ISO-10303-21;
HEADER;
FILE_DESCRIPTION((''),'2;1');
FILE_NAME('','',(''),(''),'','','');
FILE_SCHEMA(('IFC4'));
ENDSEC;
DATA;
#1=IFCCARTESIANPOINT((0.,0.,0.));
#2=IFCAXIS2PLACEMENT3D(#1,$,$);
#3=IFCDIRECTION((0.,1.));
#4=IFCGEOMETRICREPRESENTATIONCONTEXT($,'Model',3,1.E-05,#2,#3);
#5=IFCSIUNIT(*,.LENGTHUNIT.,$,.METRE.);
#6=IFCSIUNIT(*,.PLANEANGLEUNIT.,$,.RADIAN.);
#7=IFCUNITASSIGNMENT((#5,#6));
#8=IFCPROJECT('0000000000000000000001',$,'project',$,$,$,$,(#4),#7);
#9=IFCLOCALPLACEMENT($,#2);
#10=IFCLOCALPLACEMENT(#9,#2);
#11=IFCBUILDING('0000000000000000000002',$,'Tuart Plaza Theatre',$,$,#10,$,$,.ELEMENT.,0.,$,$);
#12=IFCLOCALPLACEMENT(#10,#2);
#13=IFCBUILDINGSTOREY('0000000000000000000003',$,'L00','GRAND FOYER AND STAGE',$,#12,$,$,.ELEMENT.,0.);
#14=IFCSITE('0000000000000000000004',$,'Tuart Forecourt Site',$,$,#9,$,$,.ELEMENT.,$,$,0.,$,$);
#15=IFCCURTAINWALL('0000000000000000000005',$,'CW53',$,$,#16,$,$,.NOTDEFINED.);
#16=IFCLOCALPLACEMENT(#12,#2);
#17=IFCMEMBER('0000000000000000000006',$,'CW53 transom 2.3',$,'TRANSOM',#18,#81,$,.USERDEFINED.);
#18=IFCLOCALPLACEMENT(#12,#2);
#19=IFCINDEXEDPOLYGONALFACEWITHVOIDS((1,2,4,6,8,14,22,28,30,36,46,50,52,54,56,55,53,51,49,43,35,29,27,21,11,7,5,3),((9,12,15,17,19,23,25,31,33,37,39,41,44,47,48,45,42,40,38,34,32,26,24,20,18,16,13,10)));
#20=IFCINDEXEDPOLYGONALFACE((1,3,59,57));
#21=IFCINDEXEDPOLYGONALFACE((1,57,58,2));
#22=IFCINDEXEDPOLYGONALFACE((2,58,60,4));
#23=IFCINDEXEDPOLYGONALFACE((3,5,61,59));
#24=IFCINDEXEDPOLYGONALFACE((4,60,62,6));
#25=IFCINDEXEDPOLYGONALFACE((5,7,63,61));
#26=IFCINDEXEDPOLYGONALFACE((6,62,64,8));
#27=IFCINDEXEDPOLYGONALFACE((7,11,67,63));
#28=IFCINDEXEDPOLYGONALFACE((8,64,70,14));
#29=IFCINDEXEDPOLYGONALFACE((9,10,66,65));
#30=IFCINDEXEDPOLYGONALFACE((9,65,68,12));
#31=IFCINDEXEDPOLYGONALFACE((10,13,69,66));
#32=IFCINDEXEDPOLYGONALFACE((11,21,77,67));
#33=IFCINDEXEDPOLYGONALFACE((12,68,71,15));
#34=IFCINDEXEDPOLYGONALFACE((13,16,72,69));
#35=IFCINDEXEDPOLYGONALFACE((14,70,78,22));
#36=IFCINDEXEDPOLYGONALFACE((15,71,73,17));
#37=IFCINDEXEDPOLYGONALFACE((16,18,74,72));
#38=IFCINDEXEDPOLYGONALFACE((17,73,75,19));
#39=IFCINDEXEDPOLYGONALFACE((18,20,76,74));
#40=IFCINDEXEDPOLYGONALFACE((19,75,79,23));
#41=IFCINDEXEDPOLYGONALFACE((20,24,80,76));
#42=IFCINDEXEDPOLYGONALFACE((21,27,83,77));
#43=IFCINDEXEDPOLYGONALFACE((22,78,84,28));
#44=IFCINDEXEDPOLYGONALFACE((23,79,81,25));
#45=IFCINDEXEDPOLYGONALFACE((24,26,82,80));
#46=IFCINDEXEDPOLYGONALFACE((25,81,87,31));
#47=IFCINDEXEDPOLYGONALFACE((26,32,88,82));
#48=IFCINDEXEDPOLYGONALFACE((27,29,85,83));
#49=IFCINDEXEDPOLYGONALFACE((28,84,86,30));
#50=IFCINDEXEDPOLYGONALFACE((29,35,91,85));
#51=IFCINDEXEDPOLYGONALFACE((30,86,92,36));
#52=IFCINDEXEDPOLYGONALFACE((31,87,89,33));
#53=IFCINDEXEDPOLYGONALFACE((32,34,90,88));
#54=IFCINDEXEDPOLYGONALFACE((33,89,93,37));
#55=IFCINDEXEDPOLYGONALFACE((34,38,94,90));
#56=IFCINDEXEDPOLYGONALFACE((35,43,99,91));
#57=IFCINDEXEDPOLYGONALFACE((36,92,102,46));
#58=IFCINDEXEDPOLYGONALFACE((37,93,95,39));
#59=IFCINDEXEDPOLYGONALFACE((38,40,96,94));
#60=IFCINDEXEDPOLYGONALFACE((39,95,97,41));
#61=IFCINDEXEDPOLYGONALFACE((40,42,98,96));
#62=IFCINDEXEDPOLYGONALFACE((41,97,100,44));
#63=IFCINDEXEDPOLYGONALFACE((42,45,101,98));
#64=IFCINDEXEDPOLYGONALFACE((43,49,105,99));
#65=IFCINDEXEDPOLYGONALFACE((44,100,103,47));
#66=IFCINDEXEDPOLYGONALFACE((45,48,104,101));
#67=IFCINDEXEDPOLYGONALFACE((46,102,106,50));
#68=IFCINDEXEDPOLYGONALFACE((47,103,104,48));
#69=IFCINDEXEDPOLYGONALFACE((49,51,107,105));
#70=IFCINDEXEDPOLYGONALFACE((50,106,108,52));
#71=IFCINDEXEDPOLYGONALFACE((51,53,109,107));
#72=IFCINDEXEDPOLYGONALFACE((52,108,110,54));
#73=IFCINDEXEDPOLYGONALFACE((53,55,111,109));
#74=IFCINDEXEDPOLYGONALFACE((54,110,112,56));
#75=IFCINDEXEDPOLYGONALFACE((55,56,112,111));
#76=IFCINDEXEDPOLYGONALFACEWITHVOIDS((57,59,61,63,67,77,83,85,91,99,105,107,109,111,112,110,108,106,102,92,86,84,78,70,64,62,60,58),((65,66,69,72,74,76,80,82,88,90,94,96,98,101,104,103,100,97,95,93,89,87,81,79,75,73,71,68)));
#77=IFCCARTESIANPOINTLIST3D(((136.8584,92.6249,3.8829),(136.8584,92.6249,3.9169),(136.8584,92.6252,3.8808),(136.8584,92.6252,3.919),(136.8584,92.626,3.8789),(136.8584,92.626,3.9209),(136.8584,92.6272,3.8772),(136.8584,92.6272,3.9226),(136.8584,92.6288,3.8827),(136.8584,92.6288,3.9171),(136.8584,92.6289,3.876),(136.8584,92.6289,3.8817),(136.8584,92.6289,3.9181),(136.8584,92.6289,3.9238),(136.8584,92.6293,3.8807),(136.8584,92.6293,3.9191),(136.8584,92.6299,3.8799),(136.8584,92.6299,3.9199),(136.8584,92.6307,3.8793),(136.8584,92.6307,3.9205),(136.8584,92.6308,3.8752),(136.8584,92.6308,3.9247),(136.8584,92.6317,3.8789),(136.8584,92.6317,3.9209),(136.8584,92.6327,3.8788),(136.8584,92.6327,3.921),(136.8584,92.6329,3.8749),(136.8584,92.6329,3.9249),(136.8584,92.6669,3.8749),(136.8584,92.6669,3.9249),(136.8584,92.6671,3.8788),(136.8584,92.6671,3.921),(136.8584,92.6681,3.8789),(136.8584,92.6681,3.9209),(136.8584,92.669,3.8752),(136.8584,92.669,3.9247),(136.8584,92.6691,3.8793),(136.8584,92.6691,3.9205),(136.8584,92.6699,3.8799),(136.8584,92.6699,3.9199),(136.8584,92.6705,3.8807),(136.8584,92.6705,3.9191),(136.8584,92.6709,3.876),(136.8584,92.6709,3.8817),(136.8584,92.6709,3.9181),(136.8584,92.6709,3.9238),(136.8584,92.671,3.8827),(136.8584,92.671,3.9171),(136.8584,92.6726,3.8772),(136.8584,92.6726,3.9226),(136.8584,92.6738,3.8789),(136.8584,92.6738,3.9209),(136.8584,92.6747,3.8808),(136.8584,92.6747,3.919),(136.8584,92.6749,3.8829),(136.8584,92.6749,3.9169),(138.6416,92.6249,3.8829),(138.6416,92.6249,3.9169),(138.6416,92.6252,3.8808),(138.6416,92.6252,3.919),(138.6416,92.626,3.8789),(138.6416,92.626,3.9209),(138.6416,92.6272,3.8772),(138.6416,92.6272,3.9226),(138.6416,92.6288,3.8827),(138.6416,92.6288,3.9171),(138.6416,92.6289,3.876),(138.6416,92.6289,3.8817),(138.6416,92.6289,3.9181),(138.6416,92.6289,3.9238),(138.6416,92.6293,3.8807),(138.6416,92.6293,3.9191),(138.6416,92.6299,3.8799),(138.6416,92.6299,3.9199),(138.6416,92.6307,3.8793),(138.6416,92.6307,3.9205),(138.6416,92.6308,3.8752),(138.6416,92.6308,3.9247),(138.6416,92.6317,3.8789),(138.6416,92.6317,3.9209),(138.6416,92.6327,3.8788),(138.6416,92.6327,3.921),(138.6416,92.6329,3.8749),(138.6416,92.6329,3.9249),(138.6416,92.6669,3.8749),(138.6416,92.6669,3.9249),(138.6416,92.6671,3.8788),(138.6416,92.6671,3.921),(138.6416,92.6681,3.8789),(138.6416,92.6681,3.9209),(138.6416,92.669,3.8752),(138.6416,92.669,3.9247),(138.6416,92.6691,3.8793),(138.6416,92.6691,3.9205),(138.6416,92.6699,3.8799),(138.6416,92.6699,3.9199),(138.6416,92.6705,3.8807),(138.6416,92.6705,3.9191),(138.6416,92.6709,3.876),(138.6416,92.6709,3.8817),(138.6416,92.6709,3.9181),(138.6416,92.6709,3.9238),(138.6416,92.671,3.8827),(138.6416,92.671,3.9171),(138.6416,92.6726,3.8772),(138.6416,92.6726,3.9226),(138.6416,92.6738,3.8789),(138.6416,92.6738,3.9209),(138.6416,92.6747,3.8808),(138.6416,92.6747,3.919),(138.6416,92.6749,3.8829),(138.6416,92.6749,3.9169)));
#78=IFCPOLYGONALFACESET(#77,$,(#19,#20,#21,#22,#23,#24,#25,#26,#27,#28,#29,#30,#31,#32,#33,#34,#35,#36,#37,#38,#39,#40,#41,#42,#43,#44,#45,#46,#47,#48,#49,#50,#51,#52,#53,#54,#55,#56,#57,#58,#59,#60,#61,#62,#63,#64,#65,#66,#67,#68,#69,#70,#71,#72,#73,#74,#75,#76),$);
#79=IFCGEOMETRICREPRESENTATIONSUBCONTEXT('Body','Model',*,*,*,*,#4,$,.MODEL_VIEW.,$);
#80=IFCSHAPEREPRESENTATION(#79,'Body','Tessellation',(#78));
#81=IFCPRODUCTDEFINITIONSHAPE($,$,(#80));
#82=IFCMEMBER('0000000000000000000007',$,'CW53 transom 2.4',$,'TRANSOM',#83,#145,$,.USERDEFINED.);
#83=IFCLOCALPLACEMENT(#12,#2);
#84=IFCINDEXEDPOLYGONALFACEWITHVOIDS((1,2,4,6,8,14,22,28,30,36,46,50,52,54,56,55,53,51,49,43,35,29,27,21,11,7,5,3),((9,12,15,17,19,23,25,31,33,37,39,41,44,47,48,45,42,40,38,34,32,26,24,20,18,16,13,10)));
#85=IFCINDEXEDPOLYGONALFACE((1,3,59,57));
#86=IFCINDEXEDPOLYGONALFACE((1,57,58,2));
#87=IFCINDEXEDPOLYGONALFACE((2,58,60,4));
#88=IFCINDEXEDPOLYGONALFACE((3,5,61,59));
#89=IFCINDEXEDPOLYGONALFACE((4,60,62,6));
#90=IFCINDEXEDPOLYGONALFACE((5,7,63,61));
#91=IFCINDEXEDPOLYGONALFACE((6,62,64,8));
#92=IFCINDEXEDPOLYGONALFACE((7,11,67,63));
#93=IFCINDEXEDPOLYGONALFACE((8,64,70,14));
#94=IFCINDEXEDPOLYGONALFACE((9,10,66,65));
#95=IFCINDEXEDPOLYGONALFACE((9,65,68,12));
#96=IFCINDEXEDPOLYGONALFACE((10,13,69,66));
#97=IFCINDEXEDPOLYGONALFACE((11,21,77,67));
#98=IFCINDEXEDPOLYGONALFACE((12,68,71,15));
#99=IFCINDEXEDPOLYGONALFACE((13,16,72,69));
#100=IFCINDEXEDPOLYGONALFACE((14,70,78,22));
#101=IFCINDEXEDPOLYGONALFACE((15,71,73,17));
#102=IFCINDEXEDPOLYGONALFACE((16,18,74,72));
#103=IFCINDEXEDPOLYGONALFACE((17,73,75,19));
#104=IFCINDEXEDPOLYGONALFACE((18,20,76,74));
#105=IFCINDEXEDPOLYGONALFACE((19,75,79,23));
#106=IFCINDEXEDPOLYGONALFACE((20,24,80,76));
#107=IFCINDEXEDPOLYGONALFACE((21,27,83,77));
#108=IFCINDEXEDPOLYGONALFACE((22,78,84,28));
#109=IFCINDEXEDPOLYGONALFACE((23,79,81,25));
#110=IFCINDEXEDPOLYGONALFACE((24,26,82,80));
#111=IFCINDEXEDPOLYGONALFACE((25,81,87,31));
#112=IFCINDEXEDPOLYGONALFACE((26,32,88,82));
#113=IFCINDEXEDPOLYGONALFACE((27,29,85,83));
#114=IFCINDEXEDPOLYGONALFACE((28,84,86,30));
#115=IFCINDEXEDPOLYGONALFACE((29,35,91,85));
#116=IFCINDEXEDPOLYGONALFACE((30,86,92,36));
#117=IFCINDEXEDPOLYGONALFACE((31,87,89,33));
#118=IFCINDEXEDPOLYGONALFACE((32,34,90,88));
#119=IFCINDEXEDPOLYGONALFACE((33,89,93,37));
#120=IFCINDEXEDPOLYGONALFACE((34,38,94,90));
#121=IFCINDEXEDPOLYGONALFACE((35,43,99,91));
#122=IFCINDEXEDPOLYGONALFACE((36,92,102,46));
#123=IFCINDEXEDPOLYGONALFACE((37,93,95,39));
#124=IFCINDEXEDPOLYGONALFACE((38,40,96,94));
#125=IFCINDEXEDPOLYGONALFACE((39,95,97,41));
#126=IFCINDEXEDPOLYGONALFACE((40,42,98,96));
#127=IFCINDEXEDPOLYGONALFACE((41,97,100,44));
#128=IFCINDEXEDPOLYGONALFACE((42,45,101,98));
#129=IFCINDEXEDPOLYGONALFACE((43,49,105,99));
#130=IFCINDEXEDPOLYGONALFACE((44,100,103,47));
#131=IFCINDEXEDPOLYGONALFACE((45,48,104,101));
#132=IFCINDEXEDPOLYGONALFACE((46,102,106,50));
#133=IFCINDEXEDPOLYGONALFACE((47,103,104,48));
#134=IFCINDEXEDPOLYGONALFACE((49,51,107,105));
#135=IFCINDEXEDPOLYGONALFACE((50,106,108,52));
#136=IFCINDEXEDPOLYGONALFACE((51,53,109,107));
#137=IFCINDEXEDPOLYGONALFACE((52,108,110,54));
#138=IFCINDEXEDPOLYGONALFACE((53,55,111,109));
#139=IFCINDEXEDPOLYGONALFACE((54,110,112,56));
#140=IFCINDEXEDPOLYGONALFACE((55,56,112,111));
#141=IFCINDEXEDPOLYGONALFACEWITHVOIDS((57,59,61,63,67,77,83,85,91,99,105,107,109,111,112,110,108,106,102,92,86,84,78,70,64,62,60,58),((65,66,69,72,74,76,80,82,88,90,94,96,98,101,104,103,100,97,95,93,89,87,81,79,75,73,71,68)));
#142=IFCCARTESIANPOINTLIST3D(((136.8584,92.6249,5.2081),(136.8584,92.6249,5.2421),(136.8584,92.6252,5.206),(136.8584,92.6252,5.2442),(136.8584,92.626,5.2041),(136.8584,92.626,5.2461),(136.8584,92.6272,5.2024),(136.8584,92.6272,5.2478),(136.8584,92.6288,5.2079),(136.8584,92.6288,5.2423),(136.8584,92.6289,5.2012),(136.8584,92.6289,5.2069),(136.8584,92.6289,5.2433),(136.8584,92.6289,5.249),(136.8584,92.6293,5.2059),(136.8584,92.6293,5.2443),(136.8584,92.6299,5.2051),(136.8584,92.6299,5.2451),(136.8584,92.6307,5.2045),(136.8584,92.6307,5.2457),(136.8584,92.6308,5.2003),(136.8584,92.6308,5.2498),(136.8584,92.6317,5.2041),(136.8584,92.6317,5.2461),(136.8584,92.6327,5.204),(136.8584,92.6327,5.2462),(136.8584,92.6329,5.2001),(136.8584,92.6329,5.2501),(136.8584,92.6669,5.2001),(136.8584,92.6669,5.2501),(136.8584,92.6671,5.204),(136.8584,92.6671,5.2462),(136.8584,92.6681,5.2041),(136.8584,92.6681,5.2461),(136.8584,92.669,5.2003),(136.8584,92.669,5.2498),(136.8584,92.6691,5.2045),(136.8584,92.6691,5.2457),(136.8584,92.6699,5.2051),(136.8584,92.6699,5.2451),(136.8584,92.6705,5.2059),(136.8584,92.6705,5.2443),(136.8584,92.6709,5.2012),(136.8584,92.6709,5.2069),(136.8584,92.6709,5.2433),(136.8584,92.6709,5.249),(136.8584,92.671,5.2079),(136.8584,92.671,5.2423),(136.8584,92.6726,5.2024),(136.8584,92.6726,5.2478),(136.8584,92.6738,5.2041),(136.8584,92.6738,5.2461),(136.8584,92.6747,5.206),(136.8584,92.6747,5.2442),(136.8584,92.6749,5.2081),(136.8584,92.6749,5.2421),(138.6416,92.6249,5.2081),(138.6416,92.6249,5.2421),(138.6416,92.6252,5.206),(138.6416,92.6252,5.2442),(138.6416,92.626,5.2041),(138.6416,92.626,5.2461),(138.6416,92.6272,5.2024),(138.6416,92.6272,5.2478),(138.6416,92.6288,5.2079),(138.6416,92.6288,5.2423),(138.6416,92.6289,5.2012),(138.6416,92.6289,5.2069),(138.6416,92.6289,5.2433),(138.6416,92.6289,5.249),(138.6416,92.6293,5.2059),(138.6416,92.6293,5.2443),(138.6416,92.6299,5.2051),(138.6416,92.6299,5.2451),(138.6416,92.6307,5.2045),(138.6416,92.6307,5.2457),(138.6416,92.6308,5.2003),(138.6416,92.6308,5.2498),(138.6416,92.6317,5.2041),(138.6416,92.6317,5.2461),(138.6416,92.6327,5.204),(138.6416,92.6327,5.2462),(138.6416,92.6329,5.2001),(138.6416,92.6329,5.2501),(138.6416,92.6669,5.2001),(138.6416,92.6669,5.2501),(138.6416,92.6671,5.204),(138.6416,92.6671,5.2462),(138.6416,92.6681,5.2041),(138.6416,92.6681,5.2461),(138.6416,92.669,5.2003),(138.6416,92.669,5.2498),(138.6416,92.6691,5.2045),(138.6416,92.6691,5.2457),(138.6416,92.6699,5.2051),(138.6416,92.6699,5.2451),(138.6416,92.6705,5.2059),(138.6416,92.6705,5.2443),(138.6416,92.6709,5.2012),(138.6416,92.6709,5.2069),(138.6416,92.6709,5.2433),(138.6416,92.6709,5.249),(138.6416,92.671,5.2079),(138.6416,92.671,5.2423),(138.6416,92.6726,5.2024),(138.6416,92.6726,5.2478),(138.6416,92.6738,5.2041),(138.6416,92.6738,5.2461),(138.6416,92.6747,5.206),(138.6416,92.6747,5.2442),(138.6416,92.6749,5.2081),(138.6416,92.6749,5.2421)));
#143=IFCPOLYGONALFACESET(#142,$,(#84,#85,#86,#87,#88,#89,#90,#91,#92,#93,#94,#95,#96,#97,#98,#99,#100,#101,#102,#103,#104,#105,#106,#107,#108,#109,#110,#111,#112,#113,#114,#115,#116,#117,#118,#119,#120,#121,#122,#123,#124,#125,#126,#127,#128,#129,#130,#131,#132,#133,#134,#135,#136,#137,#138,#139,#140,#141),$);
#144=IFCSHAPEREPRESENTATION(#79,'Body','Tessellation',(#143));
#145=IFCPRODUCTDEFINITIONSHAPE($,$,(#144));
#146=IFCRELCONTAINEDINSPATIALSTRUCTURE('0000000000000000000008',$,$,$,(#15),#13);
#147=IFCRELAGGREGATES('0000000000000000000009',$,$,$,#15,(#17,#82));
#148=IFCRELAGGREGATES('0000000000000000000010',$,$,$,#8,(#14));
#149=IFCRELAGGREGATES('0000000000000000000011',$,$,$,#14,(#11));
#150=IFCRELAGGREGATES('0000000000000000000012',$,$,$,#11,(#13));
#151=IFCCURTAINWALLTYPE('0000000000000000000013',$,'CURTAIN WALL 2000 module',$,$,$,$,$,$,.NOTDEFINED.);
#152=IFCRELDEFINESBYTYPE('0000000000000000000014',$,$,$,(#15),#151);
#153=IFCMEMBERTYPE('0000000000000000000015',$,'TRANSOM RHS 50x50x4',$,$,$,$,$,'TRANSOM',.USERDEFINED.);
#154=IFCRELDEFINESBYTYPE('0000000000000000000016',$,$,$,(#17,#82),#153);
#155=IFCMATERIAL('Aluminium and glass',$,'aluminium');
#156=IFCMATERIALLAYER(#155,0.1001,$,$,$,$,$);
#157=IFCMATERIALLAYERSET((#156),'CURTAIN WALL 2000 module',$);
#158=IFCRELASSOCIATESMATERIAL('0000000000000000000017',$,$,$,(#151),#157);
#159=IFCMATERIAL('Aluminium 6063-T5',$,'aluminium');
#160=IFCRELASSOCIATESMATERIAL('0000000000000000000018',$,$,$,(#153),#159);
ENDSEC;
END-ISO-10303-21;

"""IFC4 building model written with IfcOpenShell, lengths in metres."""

from ifc_helpers import new_model, si_unit, direction, frame, origin, origin_2d, place, context, subcontext, project, spatial, hollow_rectangle, extrude, material, layer, layer_set, material_profile, profile_set, type_object, element, aggregate, save


model = new_model("IFC4")

# Units and contexts
model_context = context("Model", 3, precision=1e-05, world=origin(), true_north=direction((0.0, 1.0)))
body_context = subcontext(model_context, "Body", "Model", "MODEL_VIEW")
ifc_project = project(units=[si_unit("LENGTHUNIT", "METRE"), si_unit("PLANEANGLEUNIT", "RADIAN")], contexts=[model_context])

# Site, building, storey
site_placement = place(None, origin())
site = spatial("IfcSite", under=ifc_project, at=site_placement, Name="Tuart Forecourt Site", CompositionType="ELEMENT", RefElevation=0.0)
building_placement = place(site_placement, origin())
building = spatial("IfcBuilding", under=site, at=building_placement, Name="Tuart Plaza Theatre", CompositionType="ELEMENT", ElevationOfRefHeight=0.0)
storey_placement = place(building_placement, origin())
storey = spatial("IfcBuildingStorey", under=building, at=storey_placement, Name="L00", Description="GRAND FOYER AND STAGE", CompositionType="ELEMENT", Elevation=0.0)

# Curtain wall, members
ifc_material_1 = material(Name="Aluminium and glass", Category="aluminium")
ifc_layer_1 = layer(ifc_material_1, 0.1001)
ifc_layer_set_1 = layer_set([ifc_layer_1], Name="CURTAIN WALL 2000 module")
curtain_wall_type = type_object("IfcCurtainWallType", Name="CURTAIN WALL 2000 module", PredefinedType="NOTDEFINED", material=ifc_layer_set_1)
curtain_wall_placement = place(storey_placement, origin())
curtain_wall = element("IfcCurtainWall", 1, at=curtain_wall_placement, inside=storey, type_object=curtain_wall_type, Name="CW53", PredefinedType="NOTDEFINED")
ifc_material_2 = material(Name="Aluminium 6063-T5", Category="aluminium")
ifc_material_profile_1 = material_profile(ifc_material_2, hollow_rectangle(XDim=0.05, YDim=0.05, WallThickness=0.0039, InnerFilletRadius=0.0039, OuterFilletRadius=0.0081, at=origin_2d()), Name="RHS 50x50x4")
ifc_profile_set_1 = profile_set([ifc_material_profile_1], Name="Aluminium 6063-T5")
member_type_1 = type_object("IfcMemberType", Name="TRANSOM RHS 50x50x4", ElementType="TRANSOM", PredefinedType="USERDEFINED", material=ifc_profile_set_1)
member_1_placement = place(storey_placement, frame((138.6416, 92.6499, 3.8999), z_axis=(-1.0, 0.0, 0.0), x_axis=(0.0, -1.0, 0.0)))
member_1 = element("IfcMember", 2, at=member_1_placement, type_object=member_type_1, Name="CW53 transom 2.3", ObjectType="TRANSOM", PredefinedType="USERDEFINED", context=body_context, shape_type="SweptSolid", body=[
    extrude(hollow_rectangle(XDim=0.05, YDim=0.05, WallThickness=0.0039, InnerFilletRadius=0.0039, OuterFilletRadius=0.0081, at=origin_2d()), origin(), (0.0, 0.0, 1.0), 1.7832),
])
member_2_placement = place(storey_placement, frame((138.6416, 92.6499, 5.2251), z_axis=(-1.0, 0.0, 0.0), x_axis=(0.0, -1.0, 0.0)))
member_2 = element("IfcMember", 3, at=member_2_placement, type_object=member_type_1, Name="CW53 transom 2.4", ObjectType="TRANSOM", PredefinedType="USERDEFINED", context=body_context, shape_type="SweptSolid", body=[
    extrude(hollow_rectangle(XDim=0.05, YDim=0.05, WallThickness=0.0039, InnerFilletRadius=0.0039, OuterFilletRadius=0.0081, at=origin_2d()), origin(), (0.0, 0.0, 1.0), 1.7832),
])
aggregate(curtain_wall, [member_1, member_2])

save(model, "model.ifc")
